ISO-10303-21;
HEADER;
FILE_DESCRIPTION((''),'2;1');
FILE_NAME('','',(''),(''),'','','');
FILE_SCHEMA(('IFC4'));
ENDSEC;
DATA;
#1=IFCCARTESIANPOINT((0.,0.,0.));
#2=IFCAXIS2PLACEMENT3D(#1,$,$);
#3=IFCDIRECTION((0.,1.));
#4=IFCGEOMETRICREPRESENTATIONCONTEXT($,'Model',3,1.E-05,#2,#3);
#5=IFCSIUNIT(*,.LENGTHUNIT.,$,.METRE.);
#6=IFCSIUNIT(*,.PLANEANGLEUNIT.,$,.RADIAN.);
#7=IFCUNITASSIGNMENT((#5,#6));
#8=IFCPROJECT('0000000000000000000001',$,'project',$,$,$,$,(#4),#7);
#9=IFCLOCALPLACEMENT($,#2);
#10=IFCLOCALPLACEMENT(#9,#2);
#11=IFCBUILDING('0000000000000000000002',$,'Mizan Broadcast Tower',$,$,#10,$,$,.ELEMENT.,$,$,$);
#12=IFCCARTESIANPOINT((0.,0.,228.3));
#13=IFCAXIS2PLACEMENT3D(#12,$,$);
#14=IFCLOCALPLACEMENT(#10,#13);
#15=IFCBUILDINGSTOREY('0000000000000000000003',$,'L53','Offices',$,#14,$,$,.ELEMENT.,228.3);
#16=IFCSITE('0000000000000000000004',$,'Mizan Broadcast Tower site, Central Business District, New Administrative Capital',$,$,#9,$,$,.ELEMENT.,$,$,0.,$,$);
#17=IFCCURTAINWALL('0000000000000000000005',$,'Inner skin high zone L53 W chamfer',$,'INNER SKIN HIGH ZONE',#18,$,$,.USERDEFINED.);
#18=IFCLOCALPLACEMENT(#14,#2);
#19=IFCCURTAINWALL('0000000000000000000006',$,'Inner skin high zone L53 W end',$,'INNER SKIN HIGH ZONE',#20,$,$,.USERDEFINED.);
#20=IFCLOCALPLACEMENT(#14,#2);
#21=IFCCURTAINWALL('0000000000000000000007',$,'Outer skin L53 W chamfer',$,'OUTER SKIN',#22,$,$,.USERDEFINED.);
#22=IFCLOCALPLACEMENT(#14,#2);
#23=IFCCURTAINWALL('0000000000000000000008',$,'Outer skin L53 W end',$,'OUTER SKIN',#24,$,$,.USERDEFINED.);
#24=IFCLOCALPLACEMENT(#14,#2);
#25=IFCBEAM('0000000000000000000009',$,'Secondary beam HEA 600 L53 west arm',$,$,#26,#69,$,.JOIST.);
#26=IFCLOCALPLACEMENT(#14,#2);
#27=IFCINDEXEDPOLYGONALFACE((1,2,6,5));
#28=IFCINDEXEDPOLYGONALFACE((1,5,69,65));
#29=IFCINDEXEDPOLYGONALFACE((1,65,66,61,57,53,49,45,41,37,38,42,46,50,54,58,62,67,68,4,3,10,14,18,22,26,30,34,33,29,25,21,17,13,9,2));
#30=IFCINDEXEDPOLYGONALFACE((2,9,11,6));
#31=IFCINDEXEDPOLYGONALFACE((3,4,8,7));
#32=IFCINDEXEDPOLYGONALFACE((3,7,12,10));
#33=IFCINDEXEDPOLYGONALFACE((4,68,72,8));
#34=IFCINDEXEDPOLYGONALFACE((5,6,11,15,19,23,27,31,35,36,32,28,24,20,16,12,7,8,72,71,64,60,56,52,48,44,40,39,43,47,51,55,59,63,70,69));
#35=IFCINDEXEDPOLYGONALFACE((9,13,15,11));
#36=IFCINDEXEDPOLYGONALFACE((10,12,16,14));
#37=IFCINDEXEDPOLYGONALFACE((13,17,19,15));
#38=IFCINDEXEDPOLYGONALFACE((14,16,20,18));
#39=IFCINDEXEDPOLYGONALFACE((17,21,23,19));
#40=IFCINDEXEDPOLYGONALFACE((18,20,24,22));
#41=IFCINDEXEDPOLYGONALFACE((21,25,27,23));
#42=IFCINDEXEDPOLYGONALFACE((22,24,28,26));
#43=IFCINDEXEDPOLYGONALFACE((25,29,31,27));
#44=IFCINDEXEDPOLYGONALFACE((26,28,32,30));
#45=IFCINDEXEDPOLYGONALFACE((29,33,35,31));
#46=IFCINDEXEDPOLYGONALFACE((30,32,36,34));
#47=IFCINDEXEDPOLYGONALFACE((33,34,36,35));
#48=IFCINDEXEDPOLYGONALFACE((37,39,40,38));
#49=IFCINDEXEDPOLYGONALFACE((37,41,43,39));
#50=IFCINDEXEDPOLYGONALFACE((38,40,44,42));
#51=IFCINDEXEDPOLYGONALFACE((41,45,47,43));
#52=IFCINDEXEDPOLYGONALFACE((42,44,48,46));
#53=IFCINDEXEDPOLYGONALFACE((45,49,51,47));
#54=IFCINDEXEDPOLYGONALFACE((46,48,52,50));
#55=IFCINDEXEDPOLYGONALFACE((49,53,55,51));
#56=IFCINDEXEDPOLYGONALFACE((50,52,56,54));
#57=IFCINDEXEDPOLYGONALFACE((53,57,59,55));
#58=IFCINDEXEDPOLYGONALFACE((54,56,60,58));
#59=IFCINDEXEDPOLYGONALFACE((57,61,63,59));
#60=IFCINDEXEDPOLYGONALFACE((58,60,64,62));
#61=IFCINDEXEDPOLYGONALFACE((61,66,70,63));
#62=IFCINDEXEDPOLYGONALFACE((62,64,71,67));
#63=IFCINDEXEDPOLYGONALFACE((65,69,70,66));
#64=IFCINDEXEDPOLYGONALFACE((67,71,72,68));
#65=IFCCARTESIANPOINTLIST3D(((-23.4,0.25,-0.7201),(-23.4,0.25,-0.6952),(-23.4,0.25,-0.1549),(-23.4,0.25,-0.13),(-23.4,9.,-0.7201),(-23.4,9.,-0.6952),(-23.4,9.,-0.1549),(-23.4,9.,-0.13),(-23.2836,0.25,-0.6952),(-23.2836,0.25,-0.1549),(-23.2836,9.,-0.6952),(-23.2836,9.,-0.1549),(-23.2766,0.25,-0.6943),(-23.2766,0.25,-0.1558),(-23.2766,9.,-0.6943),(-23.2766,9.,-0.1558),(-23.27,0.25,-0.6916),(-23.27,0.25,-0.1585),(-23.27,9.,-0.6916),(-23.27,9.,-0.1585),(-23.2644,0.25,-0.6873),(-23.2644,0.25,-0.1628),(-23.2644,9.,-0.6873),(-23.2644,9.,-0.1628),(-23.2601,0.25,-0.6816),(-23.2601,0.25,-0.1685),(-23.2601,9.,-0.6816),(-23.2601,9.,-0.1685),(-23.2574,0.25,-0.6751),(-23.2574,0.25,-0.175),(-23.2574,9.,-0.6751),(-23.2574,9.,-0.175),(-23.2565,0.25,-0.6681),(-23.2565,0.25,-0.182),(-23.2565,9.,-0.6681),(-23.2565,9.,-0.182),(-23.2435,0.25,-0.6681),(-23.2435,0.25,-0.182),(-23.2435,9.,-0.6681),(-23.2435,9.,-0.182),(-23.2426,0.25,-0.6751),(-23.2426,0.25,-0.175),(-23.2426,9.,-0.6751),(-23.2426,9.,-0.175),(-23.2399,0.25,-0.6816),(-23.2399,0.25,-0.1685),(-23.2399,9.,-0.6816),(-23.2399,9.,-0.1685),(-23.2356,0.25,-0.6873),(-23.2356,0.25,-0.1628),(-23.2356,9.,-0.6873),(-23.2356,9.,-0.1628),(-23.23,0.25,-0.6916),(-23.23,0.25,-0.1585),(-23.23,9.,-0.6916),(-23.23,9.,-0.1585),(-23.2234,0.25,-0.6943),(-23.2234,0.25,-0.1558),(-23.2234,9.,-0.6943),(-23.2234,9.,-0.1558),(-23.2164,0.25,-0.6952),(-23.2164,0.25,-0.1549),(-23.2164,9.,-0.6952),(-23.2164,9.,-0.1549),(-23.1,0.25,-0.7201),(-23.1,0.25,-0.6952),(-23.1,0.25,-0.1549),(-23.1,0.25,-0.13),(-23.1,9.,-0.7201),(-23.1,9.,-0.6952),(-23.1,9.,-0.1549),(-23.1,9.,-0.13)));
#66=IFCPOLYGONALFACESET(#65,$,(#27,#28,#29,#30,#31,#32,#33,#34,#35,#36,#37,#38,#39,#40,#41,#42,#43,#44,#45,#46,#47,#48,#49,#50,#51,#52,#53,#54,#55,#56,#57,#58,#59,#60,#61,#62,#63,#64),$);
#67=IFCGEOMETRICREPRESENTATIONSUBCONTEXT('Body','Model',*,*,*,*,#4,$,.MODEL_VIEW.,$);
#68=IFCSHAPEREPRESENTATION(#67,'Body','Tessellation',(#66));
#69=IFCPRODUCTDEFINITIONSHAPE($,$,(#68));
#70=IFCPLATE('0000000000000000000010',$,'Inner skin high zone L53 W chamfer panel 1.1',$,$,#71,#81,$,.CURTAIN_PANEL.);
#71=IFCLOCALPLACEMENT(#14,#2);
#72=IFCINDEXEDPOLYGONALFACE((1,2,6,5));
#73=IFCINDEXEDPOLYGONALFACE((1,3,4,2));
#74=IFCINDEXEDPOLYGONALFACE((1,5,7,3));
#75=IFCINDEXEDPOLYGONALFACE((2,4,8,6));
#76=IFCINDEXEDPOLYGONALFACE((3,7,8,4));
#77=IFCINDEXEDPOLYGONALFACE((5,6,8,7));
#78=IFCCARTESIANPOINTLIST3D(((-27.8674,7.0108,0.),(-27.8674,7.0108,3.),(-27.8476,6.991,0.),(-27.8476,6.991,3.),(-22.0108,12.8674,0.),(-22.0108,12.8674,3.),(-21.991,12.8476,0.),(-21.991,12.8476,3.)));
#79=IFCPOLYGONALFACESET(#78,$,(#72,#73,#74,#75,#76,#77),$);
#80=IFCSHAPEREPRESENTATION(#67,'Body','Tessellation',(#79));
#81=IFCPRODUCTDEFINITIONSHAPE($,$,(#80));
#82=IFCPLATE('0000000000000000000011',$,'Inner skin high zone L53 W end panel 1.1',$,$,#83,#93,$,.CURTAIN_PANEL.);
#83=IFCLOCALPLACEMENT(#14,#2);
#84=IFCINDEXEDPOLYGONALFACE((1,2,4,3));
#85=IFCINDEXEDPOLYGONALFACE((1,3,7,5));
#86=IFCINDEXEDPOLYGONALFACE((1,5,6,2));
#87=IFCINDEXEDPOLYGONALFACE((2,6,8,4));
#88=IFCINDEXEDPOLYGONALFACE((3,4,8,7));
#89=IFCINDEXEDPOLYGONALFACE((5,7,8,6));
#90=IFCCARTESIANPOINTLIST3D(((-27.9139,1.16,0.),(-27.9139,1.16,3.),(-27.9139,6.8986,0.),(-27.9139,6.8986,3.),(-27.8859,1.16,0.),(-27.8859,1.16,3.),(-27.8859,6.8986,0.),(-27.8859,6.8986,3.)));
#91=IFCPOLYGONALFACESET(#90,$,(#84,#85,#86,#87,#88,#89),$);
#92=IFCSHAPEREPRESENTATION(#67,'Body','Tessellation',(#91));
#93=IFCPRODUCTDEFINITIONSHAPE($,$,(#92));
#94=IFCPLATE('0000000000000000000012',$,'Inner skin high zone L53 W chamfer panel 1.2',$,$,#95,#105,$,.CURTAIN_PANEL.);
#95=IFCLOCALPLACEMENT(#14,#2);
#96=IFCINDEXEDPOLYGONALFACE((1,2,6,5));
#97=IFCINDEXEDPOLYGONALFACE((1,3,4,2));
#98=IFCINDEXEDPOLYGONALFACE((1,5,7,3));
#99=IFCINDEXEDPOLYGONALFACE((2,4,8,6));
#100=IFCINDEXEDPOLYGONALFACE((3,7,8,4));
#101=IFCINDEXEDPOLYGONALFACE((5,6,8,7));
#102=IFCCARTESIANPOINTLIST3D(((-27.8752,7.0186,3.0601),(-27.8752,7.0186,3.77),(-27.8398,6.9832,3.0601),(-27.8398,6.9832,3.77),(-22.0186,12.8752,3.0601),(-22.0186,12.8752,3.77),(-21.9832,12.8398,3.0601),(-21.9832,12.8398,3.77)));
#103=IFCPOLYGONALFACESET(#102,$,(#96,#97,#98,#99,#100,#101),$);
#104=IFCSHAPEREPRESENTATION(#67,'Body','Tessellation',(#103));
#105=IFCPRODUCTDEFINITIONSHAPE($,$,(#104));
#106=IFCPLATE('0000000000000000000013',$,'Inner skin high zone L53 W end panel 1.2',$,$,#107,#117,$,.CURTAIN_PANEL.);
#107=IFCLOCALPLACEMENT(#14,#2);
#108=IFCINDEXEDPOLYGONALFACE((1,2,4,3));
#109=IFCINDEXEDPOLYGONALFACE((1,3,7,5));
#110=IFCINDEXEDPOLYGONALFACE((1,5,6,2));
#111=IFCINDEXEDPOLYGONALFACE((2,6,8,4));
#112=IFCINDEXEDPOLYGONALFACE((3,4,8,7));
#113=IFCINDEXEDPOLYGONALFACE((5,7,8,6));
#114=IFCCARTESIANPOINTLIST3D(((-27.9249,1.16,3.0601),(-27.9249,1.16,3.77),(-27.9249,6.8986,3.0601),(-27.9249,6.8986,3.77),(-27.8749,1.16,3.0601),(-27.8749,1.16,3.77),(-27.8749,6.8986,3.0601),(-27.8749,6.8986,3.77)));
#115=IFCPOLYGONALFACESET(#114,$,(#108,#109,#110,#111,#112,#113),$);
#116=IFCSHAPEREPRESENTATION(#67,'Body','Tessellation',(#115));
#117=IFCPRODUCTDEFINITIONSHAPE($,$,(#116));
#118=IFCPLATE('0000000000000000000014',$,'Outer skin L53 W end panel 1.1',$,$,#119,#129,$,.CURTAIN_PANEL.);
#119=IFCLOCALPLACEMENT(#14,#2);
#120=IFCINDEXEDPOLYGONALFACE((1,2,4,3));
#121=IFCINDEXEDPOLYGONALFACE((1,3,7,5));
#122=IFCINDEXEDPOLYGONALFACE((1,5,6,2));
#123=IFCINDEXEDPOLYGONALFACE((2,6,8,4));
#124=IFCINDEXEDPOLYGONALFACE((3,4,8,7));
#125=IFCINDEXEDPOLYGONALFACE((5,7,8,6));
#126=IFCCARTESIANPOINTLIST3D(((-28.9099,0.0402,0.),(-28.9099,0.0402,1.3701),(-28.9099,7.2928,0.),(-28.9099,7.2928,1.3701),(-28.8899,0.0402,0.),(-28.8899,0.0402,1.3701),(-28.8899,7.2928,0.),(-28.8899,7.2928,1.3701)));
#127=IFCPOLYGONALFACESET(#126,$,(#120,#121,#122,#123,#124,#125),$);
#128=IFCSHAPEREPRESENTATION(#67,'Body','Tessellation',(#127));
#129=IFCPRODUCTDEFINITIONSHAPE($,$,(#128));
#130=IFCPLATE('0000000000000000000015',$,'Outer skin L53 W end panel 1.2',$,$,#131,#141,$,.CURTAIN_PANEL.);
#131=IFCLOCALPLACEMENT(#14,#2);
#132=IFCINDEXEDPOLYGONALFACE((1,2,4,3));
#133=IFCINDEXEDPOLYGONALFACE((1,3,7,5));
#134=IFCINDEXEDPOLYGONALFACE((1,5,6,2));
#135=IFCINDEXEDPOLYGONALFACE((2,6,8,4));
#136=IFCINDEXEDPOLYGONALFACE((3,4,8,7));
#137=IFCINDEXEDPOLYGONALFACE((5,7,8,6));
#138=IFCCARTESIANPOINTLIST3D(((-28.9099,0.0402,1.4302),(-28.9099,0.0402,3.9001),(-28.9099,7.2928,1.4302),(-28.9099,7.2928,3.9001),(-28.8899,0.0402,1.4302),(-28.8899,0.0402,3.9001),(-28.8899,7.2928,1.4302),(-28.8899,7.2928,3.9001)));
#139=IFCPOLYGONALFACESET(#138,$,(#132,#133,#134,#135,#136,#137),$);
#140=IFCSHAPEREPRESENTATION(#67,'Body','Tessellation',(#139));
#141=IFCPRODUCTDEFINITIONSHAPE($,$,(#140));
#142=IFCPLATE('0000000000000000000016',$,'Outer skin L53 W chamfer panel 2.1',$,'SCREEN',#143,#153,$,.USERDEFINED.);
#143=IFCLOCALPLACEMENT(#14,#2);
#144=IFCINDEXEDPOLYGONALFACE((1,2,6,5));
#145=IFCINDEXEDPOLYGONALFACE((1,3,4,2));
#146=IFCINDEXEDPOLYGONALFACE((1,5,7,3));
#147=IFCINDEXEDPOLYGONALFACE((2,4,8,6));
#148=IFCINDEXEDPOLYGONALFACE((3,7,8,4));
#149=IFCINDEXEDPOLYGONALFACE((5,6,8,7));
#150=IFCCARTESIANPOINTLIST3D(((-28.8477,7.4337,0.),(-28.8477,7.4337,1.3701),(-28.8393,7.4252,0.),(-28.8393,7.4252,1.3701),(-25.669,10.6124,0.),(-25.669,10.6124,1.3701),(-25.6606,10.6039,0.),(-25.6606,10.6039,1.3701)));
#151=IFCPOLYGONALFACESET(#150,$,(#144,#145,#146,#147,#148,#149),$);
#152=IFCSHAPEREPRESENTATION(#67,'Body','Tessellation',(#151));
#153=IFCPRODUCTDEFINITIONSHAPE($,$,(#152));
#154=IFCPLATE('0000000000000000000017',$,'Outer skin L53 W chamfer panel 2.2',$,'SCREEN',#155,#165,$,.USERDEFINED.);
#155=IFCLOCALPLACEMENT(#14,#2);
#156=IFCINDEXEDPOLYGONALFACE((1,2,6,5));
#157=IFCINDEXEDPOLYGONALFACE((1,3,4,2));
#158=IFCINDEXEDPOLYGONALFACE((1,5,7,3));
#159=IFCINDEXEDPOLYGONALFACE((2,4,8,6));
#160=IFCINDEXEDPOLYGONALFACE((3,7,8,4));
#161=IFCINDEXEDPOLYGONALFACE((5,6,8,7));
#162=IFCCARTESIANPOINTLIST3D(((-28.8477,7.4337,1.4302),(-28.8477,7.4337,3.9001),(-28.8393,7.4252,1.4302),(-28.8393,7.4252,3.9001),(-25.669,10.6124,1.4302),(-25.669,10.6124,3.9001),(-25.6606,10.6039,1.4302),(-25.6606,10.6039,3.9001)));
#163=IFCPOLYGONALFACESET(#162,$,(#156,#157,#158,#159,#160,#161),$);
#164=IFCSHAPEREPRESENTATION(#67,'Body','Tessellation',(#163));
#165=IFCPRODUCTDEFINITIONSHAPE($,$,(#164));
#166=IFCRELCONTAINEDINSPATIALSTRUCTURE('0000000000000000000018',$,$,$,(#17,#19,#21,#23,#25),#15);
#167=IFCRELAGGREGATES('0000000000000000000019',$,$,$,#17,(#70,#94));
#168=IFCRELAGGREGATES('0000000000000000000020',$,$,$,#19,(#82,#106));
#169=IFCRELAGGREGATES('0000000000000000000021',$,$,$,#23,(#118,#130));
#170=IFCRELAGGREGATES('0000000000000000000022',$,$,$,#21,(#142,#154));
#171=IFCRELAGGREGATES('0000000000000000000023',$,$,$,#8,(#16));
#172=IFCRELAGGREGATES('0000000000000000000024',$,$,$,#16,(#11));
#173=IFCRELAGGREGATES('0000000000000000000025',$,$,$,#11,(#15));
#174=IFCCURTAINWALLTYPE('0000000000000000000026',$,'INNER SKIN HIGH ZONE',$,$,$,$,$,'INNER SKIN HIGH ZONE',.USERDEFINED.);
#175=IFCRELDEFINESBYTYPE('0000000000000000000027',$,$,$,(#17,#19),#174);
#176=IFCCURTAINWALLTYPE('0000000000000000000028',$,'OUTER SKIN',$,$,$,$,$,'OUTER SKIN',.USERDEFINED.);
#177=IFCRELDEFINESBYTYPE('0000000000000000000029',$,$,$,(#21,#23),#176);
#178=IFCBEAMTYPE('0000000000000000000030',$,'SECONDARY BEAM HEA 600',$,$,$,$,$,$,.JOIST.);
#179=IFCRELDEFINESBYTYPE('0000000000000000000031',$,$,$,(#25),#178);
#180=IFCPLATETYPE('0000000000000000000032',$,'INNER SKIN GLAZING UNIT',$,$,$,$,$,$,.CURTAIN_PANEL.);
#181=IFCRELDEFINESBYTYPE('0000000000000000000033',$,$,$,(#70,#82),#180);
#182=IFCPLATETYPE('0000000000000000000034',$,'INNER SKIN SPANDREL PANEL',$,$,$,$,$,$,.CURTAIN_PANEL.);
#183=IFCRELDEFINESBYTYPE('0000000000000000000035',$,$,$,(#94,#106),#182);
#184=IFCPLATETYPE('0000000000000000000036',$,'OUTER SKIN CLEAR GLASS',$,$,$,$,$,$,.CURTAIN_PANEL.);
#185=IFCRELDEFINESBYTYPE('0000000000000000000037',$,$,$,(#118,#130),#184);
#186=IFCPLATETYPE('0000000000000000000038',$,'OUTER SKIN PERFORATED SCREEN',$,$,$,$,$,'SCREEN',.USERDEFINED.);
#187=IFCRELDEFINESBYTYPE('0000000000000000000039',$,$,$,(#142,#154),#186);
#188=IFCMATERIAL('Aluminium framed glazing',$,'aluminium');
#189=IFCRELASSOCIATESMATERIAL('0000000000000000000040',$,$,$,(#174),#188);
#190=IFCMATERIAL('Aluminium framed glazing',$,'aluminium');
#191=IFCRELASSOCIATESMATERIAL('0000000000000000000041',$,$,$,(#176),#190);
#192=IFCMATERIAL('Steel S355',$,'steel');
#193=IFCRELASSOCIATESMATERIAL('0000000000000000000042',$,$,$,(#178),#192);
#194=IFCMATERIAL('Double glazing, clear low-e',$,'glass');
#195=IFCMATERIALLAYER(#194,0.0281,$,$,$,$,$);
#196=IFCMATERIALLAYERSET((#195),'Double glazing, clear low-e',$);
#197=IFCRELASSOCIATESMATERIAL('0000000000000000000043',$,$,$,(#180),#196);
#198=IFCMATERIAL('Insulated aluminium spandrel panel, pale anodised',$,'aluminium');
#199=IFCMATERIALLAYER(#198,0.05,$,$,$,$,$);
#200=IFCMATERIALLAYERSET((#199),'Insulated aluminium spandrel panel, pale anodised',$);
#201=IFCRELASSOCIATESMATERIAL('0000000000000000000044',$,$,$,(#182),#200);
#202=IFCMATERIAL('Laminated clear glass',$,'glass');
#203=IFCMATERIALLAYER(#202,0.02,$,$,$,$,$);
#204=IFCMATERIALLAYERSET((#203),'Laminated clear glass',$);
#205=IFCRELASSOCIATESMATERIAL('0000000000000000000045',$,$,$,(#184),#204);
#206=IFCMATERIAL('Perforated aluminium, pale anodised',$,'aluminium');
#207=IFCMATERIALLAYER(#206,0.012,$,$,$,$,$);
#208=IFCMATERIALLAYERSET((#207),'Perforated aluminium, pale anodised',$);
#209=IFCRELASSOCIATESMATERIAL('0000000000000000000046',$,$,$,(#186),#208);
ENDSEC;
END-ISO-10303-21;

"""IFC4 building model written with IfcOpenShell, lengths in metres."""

from ifc_helpers import new_model, si_unit, direction, frame, origin, origin_2d, place, context, subcontext, project, spatial, rectangle, i_section, extrude, material, layer, layer_set, material_profile, profile_set, type_object, element, aggregate, save


model = new_model("IFC4")

# Units and contexts
model_context = context("Model", 3, precision=1e-05, world=origin(), true_north=direction((0.0, 1.0)))
body_context = subcontext(model_context, "Body", "Model", "MODEL_VIEW")
ifc_project = project(units=[si_unit("LENGTHUNIT", "METRE"), si_unit("PLANEANGLEUNIT", "RADIAN")], contexts=[model_context])

# Site, building, storey
site_placement = place(None, origin())
site = spatial("IfcSite", under=ifc_project, at=site_placement, Name="Mizan Broadcast Tower site, Central Business District, New Administrative Capital", CompositionType="ELEMENT", RefElevation=0.0)
building_placement = place(site_placement, origin())
building = spatial("IfcBuilding", under=site, at=building_placement, Name="Mizan Broadcast Tower", CompositionType="ELEMENT")
storey_placement = place(building_placement, frame((0.0, 0.0, 228.3)))
storey = spatial("IfcBuildingStorey", under=building, at=storey_placement, Name="L53", Description="Offices", CompositionType="ELEMENT", Elevation=228.3)

# Curtain wall
ifc_material_1 = material(Name="Aluminium framed glazing", Category="aluminium")
curtain_wall_type_1 = type_object("IfcCurtainWallType", Name="INNER SKIN HIGH ZONE", ElementType="INNER SKIN HIGH ZONE", PredefinedType="USERDEFINED", material=ifc_material_1)
curtain_wall_1_placement = place(storey_placement, origin())
curtain_wall_1 = element("IfcCurtainWall", 1, at=curtain_wall_1_placement, inside=storey, type_object=curtain_wall_type_1, Name="Inner skin high zone L53 W chamfer", ObjectType="INNER SKIN HIGH ZONE", PredefinedType="USERDEFINED")

# Curtain walls
curtain_wall_2_placement = place(storey_placement, origin())
curtain_wall_2 = element("IfcCurtainWall", 2, at=curtain_wall_2_placement, inside=storey, type_object=curtain_wall_type_1, Name="Inner skin high zone L53 W end", ObjectType="INNER SKIN HIGH ZONE", PredefinedType="USERDEFINED")
ifc_material_2 = material(Name="Aluminium framed glazing", Category="aluminium")
curtain_wall_type_2 = type_object("IfcCurtainWallType", Name="OUTER SKIN", ElementType="OUTER SKIN", PredefinedType="USERDEFINED", material=ifc_material_2)
curtain_wall_3_placement = place(storey_placement, origin())
curtain_wall_3 = element("IfcCurtainWall", 3, at=curtain_wall_3_placement, inside=storey, type_object=curtain_wall_type_2, Name="Outer skin L53 W chamfer", ObjectType="OUTER SKIN", PredefinedType="USERDEFINED")

# Curtain wall
curtain_wall_4_placement = place(storey_placement, origin())
curtain_wall_4 = element("IfcCurtainWall", 4, at=curtain_wall_4_placement, inside=storey, type_object=curtain_wall_type_2, Name="Outer skin L53 W end", ObjectType="OUTER SKIN", PredefinedType="USERDEFINED")

# Beam
ifc_material_3 = material(Name="Steel S355", Category="steel")
ifc_material_profile_1 = material_profile(ifc_material_3, i_section(OverallWidth=0.3, OverallDepth=0.5901, WebThickness=0.0129, FlangeThickness=0.0249, FilletRadius=0.0271, at=origin_2d()), Name="HEA 600")
ifc_profile_set_1 = profile_set([ifc_material_profile_1], Name="Steel S355")
beam_type_1 = type_object("IfcBeamType", Name="SECONDARY BEAM HEA 600", PredefinedType="JOIST", material=ifc_profile_set_1)
beam_1_placement = place(storey_placement, frame((-23.25, 9.0, -0.425), z_axis=(0.0, -1.0, 0.0), x_axis=(1.0, 0.0, 0.0)))
element("IfcBeam", 5, at=beam_1_placement, inside=storey, type_object=beam_type_1, Name="Secondary beam HEA 600 L53 west arm", PredefinedType="JOIST", context=body_context, shape_type="SweptSolid", body=[
    extrude(i_section(OverallWidth=0.3, OverallDepth=0.5901, WebThickness=0.0129, FlangeThickness=0.0249, FilletRadius=0.0271, at=origin_2d()), origin(), (0.0, 0.0, 1.0), 8.75),
])

# Plates
ifc_material_4 = material(Name="Double glazing, clear low-e", Category="glass")
ifc_layer_1 = layer(ifc_material_4, 0.0281)
ifc_layer_set_1 = layer_set([ifc_layer_1], Name="Double glazing, clear low-e")
plate_type_1 = type_object("IfcPlateType", Name="INNER SKIN GLAZING UNIT", PredefinedType="CURTAIN_PANEL", material=ifc_layer_set_1)
plate_1_placement = place(storey_placement, frame((-24.9292, 9.9292, 0.0), z_axis=(0.0, 0.0, 1.0), x_axis=(-0.707107, -0.707107, 0.0)))
plate_1 = element("IfcPlate", 6, at=plate_1_placement, type_object=plate_type_1, Name="Inner skin high zone L53 W chamfer panel 1.1", PredefinedType="CURTAIN_PANEL", context=body_context, shape_type="SweptSolid", body=[
    extrude(rectangle(XDim=8.2825, YDim=0.0281, at=origin_2d()), origin(), (0.0, 0.0, 1.0), 3.0),
])
plate_2_placement = place(storey_placement, frame((-27.8999, 4.0293, 0.0), z_axis=(0.0, 0.0, 1.0), x_axis=(0.0, -1.0, 0.0)))
plate_2 = element("IfcPlate", 7, at=plate_2_placement, type_object=plate_type_1, Name="Inner skin high zone L53 W end panel 1.1", PredefinedType="CURTAIN_PANEL", context=body_context, shape_type="SweptSolid", body=[
    extrude(rectangle(XDim=5.7385, YDim=0.0281, at=origin_2d()), origin(), (0.0, 0.0, 1.0), 3.0),
])
ifc_material_5 = material(Name="Insulated aluminium spandrel panel, pale anodised", Category="aluminium")
ifc_layer_2 = layer(ifc_material_5, 0.05)
ifc_layer_set_2 = layer_set([ifc_layer_2], Name="Insulated aluminium spandrel panel, pale anodised")
plate_type_2 = type_object("IfcPlateType", Name="INNER SKIN SPANDREL PANEL", PredefinedType="CURTAIN_PANEL", material=ifc_layer_set_2)
plate_3_placement = place(storey_placement, frame((-24.9292, 9.9292, 3.0601), z_axis=(0.0, 0.0, 1.0), x_axis=(-0.707107, -0.707107, 0.0)))
plate_3 = element("IfcPlate", 8, at=plate_3_placement, type_object=plate_type_2, Name="Inner skin high zone L53 W chamfer panel 1.2", PredefinedType="CURTAIN_PANEL", context=body_context, shape_type="SweptSolid", body=[
    extrude(rectangle(XDim=8.2825, YDim=0.05, at=origin_2d()), origin(), (0.0, 0.0, 1.0), 0.71),
])
aggregate(curtain_wall_1, [plate_1, plate_3])
plate_4_placement = place(storey_placement, frame((-27.8999, 4.0293, 3.0601), z_axis=(0.0, 0.0, 1.0), x_axis=(0.0, -1.0, 0.0)))
plate_4 = element("IfcPlate", 9, at=plate_4_placement, type_object=plate_type_2, Name="Inner skin high zone L53 W end panel 1.2", PredefinedType="CURTAIN_PANEL", context=body_context, shape_type="SweptSolid", body=[
    extrude(rectangle(XDim=5.7385, YDim=0.05, at=origin_2d()), origin(), (0.0, 0.0, 1.0), 0.71),
])
aggregate(curtain_wall_2, [plate_2, plate_4])
ifc_material_6 = material(Name="Laminated clear glass", Category="glass")
ifc_layer_3 = layer(ifc_material_6, 0.02)
ifc_layer_set_3 = layer_set([ifc_layer_3], Name="Laminated clear glass")
plate_type_3 = type_object("IfcPlateType", Name="OUTER SKIN CLEAR GLASS", PredefinedType="CURTAIN_PANEL", material=ifc_layer_set_3)
plate_5_placement = place(storey_placement, frame((-28.8999, 3.6665, 0.0), z_axis=(0.0, 0.0, 1.0), x_axis=(0.0, -1.0, 0.0)))
plate_5 = element("IfcPlate", 10, at=plate_5_placement, type_object=plate_type_3, Name="Outer skin L53 W end panel 1.1", PredefinedType="CURTAIN_PANEL", context=body_context, shape_type="SweptSolid", body=[
    extrude(rectangle(XDim=7.2527, YDim=0.02, at=origin_2d()), origin(), (0.0, 0.0, 1.0), 1.3701),
])
plate_6_placement = place(storey_placement, frame((-28.8999, 3.6665, 1.4302), z_axis=(0.0, 0.0, 1.0), x_axis=(0.0, -1.0, 0.0)))
plate_6 = element("IfcPlate", 11, at=plate_6_placement, type_object=plate_type_3, Name="Outer skin L53 W end panel 1.2", PredefinedType="CURTAIN_PANEL", context=body_context, shape_type="SweptSolid", body=[
    extrude(rectangle(XDim=7.2527, YDim=0.02, at=origin_2d()), origin(), (0.0, 0.0, 1.0), 2.47),
])
aggregate(curtain_wall_4, [plate_5, plate_6])
ifc_material_7 = material(Name="Perforated aluminium, pale anodised", Category="aluminium")
ifc_layer_4 = layer(ifc_material_7, 0.012)
ifc_layer_set_4 = layer_set([ifc_layer_4], Name="Perforated aluminium, pale anodised")
plate_type_4 = type_object("IfcPlateType", Name="OUTER SKIN PERFORATED SCREEN", ElementType="SCREEN", PredefinedType="USERDEFINED", material=ifc_layer_set_4)
plate_7_placement = place(storey_placement, frame((-27.2542, 9.0188, 0.0), z_axis=(0.0, 0.0, 1.0), x_axis=(-0.707107, -0.707107, 0.0)))
plate_7 = element("IfcPlate", 12, at=plate_7_placement, type_object=plate_type_4, Name="Outer skin L53 W chamfer panel 2.1", ObjectType="SCREEN", PredefinedType="USERDEFINED", context=body_context, shape_type="SweptSolid", body=[
    extrude(rectangle(XDim=4.4954, YDim=0.012, at=origin_2d()), origin(), (0.0, 0.0, 1.0), 1.3701),
])
plate_8_placement = place(storey_placement, frame((-27.2542, 9.0188, 1.4302), z_axis=(0.0, 0.0, 1.0), x_axis=(-0.707107, -0.707107, 0.0)))
plate_8 = element("IfcPlate", 13, at=plate_8_placement, type_object=plate_type_4, Name="Outer skin L53 W chamfer panel 2.2", ObjectType="SCREEN", PredefinedType="USERDEFINED", context=body_context, shape_type="SweptSolid", body=[
    extrude(rectangle(XDim=4.4954, YDim=0.012, at=origin_2d()), origin(), (0.0, 0.0, 1.0), 2.47),
])
aggregate(curtain_wall_3, [plate_7, plate_8])

save(model, "model.ifc")
